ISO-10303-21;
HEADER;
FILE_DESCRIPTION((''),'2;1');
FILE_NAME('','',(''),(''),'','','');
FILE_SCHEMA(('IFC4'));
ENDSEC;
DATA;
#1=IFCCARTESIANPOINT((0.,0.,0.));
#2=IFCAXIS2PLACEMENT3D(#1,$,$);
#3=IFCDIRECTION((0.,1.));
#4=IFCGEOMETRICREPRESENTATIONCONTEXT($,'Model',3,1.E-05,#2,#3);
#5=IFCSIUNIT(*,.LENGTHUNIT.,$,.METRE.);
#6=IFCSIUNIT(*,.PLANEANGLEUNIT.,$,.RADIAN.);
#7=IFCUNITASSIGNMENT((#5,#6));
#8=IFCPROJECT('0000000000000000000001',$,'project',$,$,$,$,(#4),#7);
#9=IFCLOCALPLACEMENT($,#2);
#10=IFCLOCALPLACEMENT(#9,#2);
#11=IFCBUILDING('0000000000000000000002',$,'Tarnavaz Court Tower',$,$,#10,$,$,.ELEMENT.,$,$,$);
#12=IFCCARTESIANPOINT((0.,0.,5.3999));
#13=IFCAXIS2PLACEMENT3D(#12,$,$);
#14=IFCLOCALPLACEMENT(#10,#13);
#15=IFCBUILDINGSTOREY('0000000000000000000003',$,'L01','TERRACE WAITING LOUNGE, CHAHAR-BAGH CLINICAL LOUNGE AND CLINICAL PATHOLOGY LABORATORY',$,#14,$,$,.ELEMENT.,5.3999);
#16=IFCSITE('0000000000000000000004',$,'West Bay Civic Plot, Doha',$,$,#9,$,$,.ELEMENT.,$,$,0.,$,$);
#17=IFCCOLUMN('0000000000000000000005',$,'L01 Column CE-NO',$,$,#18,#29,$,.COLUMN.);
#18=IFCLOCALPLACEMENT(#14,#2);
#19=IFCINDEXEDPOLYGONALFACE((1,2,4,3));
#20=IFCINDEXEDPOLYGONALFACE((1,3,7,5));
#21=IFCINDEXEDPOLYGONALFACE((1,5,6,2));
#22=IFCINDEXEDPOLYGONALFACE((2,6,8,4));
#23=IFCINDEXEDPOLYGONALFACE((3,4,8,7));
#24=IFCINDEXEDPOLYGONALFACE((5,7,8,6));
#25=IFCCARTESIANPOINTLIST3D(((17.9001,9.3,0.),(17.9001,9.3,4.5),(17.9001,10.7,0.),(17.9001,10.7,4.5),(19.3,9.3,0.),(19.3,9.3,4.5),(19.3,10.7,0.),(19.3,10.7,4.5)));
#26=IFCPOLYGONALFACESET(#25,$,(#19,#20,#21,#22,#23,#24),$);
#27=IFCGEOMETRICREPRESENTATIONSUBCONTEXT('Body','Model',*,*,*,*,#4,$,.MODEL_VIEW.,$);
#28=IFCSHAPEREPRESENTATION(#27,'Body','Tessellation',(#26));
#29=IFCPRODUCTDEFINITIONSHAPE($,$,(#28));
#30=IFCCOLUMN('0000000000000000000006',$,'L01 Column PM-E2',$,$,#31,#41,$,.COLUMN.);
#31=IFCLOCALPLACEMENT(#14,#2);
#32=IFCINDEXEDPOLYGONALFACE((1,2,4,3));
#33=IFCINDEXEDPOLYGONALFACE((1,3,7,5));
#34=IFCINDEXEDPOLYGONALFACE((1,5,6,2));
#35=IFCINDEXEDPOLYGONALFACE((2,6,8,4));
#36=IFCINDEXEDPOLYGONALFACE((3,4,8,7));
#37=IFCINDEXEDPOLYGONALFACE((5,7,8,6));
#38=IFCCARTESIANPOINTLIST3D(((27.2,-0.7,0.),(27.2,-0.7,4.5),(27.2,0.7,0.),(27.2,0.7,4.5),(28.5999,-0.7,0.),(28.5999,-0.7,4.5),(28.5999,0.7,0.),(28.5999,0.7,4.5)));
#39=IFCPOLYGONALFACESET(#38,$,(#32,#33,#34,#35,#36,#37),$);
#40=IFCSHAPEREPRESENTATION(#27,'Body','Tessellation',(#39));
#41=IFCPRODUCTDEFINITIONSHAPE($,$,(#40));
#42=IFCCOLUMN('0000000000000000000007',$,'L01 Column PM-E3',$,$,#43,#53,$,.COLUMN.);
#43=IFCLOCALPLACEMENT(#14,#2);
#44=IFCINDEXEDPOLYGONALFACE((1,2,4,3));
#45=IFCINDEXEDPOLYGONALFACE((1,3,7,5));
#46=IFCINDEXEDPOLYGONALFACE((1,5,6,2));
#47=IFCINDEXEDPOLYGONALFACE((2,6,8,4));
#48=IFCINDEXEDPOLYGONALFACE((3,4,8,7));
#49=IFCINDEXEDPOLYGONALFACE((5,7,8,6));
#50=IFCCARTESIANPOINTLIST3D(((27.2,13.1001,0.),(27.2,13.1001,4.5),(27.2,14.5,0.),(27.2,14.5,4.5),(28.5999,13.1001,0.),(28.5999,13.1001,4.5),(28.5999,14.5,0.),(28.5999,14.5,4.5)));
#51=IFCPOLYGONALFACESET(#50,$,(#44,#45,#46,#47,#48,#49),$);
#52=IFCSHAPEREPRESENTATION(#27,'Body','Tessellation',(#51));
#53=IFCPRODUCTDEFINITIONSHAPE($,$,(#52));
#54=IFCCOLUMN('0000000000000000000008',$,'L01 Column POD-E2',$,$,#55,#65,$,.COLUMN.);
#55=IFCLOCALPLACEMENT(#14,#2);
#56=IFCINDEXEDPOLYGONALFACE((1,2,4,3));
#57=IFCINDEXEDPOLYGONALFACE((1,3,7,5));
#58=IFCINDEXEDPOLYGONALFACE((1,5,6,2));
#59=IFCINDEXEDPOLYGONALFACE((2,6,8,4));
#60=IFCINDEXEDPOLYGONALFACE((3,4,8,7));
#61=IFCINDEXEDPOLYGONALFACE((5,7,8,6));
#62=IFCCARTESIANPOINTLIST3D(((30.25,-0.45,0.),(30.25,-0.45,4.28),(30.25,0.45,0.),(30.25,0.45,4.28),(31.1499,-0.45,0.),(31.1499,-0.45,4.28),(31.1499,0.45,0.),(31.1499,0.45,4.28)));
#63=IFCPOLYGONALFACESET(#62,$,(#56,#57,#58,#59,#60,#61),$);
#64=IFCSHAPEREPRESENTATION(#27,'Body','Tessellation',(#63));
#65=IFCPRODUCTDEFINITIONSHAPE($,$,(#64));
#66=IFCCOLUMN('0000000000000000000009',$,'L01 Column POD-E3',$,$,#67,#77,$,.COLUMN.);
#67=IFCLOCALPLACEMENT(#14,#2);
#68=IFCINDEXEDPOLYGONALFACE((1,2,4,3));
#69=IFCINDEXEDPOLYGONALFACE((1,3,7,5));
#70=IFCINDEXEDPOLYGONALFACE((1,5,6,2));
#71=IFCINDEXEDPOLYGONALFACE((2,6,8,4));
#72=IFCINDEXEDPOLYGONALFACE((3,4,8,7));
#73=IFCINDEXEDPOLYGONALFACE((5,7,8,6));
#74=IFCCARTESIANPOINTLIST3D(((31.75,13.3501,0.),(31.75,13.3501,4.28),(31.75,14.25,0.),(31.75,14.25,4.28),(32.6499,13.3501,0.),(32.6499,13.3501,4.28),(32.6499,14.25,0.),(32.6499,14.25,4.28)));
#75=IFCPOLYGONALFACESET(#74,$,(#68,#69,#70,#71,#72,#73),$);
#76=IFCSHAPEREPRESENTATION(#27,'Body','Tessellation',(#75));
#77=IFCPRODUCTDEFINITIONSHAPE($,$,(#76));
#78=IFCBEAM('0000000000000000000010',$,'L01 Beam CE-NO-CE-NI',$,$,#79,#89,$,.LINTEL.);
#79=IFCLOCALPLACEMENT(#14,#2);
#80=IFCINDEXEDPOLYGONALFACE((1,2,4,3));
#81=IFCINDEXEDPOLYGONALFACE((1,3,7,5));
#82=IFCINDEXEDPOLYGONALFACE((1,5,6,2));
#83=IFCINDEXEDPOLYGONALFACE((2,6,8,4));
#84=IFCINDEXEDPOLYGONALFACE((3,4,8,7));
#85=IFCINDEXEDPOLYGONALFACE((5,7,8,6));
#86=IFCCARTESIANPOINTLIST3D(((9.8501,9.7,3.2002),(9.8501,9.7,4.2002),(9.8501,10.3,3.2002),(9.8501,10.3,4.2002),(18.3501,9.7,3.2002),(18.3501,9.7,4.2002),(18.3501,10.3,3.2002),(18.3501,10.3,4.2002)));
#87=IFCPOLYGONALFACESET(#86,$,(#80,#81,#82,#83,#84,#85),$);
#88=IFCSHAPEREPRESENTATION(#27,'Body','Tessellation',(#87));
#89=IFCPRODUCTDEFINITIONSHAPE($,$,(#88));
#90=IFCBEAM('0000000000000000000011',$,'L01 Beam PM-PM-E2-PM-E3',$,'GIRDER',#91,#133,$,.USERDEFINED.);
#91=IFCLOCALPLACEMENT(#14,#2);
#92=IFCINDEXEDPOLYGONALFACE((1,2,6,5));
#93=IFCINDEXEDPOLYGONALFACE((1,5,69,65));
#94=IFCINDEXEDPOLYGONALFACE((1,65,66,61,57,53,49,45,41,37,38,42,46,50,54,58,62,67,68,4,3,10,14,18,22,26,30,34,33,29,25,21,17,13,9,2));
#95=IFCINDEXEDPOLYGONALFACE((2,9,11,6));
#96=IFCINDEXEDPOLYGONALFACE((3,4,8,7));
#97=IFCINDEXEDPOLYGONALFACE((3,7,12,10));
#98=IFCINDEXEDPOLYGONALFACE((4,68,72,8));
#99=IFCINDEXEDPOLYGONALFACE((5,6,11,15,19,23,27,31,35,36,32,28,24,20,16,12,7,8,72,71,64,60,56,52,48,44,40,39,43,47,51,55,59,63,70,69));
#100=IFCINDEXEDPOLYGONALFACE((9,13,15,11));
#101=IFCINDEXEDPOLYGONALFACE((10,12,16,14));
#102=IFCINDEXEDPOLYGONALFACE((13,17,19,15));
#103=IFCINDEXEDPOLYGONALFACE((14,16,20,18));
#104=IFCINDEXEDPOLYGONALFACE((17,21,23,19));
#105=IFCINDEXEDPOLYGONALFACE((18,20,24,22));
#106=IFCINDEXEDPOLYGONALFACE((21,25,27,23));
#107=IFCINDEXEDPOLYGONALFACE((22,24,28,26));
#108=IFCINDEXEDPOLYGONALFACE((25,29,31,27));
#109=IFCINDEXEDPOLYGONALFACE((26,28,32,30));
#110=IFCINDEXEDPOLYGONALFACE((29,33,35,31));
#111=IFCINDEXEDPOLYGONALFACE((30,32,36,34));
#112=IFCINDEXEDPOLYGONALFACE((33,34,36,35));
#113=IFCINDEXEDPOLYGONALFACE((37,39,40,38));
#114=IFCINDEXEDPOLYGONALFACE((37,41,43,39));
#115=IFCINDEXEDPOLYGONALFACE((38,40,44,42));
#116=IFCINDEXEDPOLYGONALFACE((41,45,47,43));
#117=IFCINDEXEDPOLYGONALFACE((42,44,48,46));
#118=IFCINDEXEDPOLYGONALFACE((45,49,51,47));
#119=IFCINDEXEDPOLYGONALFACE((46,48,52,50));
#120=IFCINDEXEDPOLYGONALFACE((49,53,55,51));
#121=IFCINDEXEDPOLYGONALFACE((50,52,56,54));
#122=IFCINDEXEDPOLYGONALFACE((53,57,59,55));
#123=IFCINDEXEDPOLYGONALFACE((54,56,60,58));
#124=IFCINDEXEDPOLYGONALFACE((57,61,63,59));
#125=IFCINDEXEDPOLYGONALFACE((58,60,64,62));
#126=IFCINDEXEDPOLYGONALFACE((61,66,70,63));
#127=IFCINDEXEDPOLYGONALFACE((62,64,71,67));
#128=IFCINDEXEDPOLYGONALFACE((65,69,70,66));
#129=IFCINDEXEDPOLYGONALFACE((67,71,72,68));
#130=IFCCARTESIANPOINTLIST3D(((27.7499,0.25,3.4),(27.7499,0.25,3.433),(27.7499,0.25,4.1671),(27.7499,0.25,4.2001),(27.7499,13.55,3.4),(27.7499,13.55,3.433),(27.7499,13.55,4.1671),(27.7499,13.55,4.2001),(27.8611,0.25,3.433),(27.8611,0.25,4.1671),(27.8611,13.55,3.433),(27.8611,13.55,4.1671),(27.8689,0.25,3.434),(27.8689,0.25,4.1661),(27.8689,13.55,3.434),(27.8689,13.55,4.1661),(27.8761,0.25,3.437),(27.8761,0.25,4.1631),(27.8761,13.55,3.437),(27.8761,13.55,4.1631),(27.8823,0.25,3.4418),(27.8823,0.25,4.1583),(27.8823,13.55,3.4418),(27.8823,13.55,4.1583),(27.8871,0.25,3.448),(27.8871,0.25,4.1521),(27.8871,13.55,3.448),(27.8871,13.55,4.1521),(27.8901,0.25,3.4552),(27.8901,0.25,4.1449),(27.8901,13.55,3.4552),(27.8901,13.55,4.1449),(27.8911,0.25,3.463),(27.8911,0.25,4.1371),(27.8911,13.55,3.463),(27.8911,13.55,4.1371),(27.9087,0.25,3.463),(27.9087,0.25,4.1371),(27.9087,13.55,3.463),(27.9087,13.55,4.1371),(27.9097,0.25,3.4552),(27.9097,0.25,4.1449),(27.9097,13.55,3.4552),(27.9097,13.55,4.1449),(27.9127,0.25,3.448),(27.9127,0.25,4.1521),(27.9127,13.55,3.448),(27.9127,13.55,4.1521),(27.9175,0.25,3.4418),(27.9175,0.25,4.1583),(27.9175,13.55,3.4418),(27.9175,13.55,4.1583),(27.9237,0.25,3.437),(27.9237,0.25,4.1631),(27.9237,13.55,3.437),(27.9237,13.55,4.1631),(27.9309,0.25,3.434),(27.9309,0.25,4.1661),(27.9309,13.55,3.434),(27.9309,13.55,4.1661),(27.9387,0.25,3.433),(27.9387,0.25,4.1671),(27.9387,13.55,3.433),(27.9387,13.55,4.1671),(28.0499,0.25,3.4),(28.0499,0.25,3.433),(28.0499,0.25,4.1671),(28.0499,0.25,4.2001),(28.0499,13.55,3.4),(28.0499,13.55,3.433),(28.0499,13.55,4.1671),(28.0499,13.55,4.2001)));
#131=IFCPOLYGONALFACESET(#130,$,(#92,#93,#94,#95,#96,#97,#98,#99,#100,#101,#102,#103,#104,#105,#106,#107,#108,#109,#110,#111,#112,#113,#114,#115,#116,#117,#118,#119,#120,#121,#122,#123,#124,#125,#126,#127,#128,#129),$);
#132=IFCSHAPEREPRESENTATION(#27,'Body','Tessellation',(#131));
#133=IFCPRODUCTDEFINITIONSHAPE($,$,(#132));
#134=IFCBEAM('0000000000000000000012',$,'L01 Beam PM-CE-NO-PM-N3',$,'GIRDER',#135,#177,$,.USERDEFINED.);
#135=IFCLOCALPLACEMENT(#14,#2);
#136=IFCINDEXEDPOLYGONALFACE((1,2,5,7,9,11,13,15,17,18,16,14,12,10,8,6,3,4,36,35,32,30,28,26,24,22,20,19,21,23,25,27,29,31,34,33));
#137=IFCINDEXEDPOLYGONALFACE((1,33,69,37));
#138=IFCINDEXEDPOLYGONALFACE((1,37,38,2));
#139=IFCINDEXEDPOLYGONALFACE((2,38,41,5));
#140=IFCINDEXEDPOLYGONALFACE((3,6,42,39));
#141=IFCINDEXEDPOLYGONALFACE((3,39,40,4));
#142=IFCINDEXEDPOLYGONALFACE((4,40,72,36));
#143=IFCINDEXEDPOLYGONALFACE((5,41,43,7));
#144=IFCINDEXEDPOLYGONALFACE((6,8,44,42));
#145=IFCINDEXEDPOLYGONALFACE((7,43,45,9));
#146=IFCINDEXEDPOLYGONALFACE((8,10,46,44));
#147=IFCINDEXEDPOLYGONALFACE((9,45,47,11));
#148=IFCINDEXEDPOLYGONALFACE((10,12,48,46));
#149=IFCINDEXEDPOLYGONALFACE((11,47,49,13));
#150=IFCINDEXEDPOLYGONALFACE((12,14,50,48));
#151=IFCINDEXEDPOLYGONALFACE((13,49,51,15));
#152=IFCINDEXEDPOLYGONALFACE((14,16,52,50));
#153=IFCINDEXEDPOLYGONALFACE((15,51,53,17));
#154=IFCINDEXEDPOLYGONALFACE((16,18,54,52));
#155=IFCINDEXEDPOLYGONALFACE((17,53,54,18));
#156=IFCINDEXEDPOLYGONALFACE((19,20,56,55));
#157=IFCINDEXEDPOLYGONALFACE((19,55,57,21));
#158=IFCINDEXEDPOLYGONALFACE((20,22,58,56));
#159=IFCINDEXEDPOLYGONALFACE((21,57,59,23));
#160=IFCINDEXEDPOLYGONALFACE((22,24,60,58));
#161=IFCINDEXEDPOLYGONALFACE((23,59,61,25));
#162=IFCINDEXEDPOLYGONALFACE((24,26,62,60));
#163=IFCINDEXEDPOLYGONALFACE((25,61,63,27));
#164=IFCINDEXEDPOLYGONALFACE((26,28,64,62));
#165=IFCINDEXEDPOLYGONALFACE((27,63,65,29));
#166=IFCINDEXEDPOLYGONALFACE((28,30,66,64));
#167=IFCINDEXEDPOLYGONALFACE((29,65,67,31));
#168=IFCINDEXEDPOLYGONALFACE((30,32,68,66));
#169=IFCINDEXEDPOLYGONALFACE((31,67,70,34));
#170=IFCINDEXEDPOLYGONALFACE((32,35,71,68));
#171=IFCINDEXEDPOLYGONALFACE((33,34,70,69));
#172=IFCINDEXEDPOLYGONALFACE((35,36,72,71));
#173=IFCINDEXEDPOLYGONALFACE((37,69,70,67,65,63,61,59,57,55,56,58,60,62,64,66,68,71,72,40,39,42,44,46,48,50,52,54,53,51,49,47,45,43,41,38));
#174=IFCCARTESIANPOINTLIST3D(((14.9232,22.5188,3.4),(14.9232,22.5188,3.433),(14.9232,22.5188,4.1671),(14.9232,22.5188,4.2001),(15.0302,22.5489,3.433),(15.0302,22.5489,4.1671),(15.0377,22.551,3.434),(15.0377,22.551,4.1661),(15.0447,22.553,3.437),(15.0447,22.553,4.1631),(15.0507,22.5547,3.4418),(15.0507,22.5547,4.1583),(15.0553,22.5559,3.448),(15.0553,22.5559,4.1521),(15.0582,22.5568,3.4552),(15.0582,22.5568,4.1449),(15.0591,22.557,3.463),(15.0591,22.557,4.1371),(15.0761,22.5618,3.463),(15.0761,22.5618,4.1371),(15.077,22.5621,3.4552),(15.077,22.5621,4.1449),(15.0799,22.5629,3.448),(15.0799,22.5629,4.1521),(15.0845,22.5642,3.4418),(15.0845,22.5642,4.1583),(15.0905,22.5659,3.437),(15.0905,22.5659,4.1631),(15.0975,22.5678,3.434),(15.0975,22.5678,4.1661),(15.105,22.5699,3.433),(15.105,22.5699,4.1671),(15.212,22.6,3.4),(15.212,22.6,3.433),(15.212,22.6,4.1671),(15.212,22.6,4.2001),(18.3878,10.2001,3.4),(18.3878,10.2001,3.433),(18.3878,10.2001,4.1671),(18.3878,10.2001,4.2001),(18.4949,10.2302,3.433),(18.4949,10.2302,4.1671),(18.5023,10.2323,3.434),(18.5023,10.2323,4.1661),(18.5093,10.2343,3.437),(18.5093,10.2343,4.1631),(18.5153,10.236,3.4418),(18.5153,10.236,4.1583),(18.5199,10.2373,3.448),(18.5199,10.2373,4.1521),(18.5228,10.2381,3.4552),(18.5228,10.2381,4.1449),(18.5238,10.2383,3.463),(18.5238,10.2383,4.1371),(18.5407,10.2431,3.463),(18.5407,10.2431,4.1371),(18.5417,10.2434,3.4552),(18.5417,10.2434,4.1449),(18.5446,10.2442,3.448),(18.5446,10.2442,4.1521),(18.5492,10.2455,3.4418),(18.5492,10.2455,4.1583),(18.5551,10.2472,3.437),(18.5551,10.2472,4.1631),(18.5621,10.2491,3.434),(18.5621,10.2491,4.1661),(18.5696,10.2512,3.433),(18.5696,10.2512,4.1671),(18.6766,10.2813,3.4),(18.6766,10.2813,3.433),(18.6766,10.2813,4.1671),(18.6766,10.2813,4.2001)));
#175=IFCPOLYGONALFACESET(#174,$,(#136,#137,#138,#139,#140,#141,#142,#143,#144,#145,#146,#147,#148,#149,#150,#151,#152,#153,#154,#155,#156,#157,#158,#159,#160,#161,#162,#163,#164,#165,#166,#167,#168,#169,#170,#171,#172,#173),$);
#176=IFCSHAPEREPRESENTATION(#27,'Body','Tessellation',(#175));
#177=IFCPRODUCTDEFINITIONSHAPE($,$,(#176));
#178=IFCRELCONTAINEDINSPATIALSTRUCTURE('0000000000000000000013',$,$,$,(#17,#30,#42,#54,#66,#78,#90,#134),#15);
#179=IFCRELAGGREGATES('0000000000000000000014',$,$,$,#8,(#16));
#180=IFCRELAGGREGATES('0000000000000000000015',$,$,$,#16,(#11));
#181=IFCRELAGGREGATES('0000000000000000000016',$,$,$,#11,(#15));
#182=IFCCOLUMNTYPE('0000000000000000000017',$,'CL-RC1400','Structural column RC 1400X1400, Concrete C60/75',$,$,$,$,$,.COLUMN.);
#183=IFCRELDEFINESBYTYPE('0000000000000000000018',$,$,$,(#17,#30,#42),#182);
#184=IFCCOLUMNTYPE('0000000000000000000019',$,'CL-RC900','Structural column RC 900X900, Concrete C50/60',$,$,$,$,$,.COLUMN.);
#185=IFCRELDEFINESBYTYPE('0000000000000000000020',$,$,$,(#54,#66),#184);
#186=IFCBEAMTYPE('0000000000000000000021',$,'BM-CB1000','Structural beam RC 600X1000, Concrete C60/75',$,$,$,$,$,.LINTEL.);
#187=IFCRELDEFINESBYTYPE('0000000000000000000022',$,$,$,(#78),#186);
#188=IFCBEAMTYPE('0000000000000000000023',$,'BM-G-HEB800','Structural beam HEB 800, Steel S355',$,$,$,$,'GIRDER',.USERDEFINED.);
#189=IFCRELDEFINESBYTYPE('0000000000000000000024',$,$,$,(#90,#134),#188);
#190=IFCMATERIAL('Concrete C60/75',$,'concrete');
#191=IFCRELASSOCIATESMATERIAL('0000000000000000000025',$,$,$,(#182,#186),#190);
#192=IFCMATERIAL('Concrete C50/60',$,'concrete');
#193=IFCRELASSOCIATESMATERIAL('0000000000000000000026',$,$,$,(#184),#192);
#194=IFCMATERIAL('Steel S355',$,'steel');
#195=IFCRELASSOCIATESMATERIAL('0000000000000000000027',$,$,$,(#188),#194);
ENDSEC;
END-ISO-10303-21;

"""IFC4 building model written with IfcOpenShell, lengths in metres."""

from ifc_helpers import new_model, si_unit, direction, frame, origin, origin_2d, place, context, subcontext, project, spatial, rectangle, i_section, extrude, material, material_profile, profile_set, type_object, element, save


model = new_model("IFC4")

# Units and contexts
model_context = context("Model", 3, precision=1e-05, world=origin(), true_north=direction((0.0, 1.0)))
body_context = subcontext(model_context, "Body", "Model", "MODEL_VIEW")
ifc_project = project(units=[si_unit("LENGTHUNIT", "METRE"), si_unit("PLANEANGLEUNIT", "RADIAN")], contexts=[model_context])

# Site, building, storey
site_placement = place(None, origin())
site = spatial("IfcSite", under=ifc_project, at=site_placement, Name="West Bay Civic Plot, Doha", CompositionType="ELEMENT", RefElevation=0.0)
building_placement = place(site_placement, origin())
building = spatial("IfcBuilding", under=site, at=building_placement, Name="Tarnavaz Court Tower", CompositionType="ELEMENT")
storey_placement = place(building_placement, frame((0.0, 0.0, 5.3999)))
storey = spatial("IfcBuildingStorey", under=building, at=storey_placement, Name="L01", Description="TERRACE WAITING LOUNGE, CHAHAR-BAGH CLINICAL LOUNGE AND CLINICAL PATHOLOGY LABORATORY", CompositionType="ELEMENT", Elevation=5.3999)

# Columns
ifc_material_1 = material(Name="Concrete C60/75", Category="concrete")
ifc_material_profile_1 = material_profile(ifc_material_1, rectangle(XDim=1.3999, YDim=1.3999, at=origin_2d()), Name="RC 1400X1400")
ifc_profile_set_1 = profile_set([ifc_material_profile_1], Name="Concrete C60/75")
column_type_1 = type_object("IfcColumnType", Name="CL-RC1400", Description="Structural column RC 1400X1400, Concrete C60/75", PredefinedType="COLUMN", material=ifc_profile_set_1)
for number, where, z_axis, x_axis, name in (
    (1, (18.6001, 10.0, 0.0), (0.0, 0.0, 1.0), (1.0, 0.0, 0.0), "L01 Column CE-NO"),
    (2, (27.8999, 0.0, 0.0), (0.0, 0.0, 1.0), (1.0, 0.0, 0.0), "L01 Column PM-E2"),
    (3, (27.8999, 13.8, 0.0), (0.0, 0.0, 1.0), (1.0, 0.0, 0.0), "L01 Column PM-E3"),
):
    element("IfcColumn", number, at=place(storey_placement, frame(where, z_axis=z_axis, x_axis=x_axis)), inside=storey, type_object=column_type_1, Name=name, PredefinedType="COLUMN", context=body_context, shape_type="SweptSolid", body=[
        extrude(rectangle(XDim=1.3999, YDim=1.3999, at=origin_2d()), origin(), (0.0, 0.0, 1.0), 4.5),
    ])
ifc_material_2 = material(Name="Concrete C50/60", Category="concrete")
ifc_material_profile_2 = material_profile(ifc_material_2, rectangle(XDim=0.8999, YDim=0.8999, at=origin_2d()), Name="RC 900X900")
ifc_profile_set_2 = profile_set([ifc_material_profile_2], Name="Concrete C50/60")
column_type_2 = type_object("IfcColumnType", Name="CL-RC900", Description="Structural column RC 900X900, Concrete C50/60", PredefinedType="COLUMN", material=ifc_profile_set_2)
for number, where, z_axis, x_axis, name in (
    (4, (30.7, 0.0, 0.0), (0.0, 0.0, 1.0), (1.0, 0.0, 0.0), "L01 Column POD-E2"),
    (5, (32.2, 13.8, 0.0), (0.0, 0.0, 1.0), (1.0, 0.0, 0.0), "L01 Column POD-E3"),
):
    element("IfcColumn", number, at=place(storey_placement, frame(where, z_axis=z_axis, x_axis=x_axis)), inside=storey, type_object=column_type_2, Name=name, PredefinedType="COLUMN", context=body_context, shape_type="SweptSolid", body=[
        extrude(rectangle(XDim=0.8999, YDim=0.8999, at=origin_2d()), origin(), (0.0, 0.0, 1.0), 4.28),
    ])

# Beams
ifc_material_profile_3 = material_profile(ifc_material_1, rectangle(XDim=0.6001, YDim=1.0, at=origin_2d()), Name="RC 600X1000")
ifc_profile_set_3 = profile_set([ifc_material_profile_3], Name="Concrete C60/75")
beam_type_1 = type_object("IfcBeamType", Name="BM-CB1000", Description="Structural beam RC 600X1000, Concrete C60/75", PredefinedType="LINTEL", material=ifc_profile_set_3)
beam_1_placement = place(storey_placement, frame((18.3501, 10.0, 3.7002), z_axis=(-1.0, 0.0, 0.0), x_axis=(0.0, -1.0, 0.0)))
element("IfcBeam", 6, at=beam_1_placement, inside=storey, type_object=beam_type_1, Name="L01 Beam CE-NO-CE-NI", PredefinedType="LINTEL", context=body_context, shape_type="SweptSolid", body=[
    extrude(rectangle(XDim=0.6001, YDim=1.0, at=origin_2d()), origin(), (0.0, 0.0, 1.0), 8.5),
])
ifc_material_3 = material(Name="Steel S355", Category="steel")
ifc_material_profile_4 = material_profile(ifc_material_3, i_section(OverallWidth=0.3, OverallDepth=0.8, WebThickness=0.0176, FlangeThickness=0.033, FilletRadius=0.03, at=origin_2d()), Name="HEB 800")
ifc_profile_set_4 = profile_set([ifc_material_profile_4], Name="Steel S355")
beam_type_2 = type_object("IfcBeamType", Name="BM-G-HEB800", Description="Structural beam HEB 800, Steel S355", ElementType="GIRDER", PredefinedType="USERDEFINED", material=ifc_profile_set_4)
beam_2_placement = place(storey_placement, frame((27.8999, 0.25, 3.8), z_axis=(0.0, 1.0, 0.0), x_axis=(-1.0, 0.0, 0.0)))
element("IfcBeam", 7, at=beam_2_placement, inside=storey, type_object=beam_type_2, Name="L01 Beam PM-PM-E2-PM-E3", ObjectType="GIRDER", PredefinedType="USERDEFINED", context=body_context, shape_type="SweptSolid", body=[
    extrude(i_section(OverallWidth=0.3, OverallDepth=0.8, WebThickness=0.0176, FlangeThickness=0.033, FilletRadius=0.03, at=origin_2d()), origin(), (0.0, 0.0, 1.0), 13.3),
])
beam_3_placement = place(storey_placement, frame((18.5322, 10.2407, 3.8), z_axis=(-0.270745, 0.962651, 0.0), x_axis=(-0.962651, -0.270745, 0.0)))
element("IfcBeam", 8, at=beam_3_placement, inside=storey, type_object=beam_type_2, Name="L01 Beam PM-CE-NO-PM-N3", ObjectType="GIRDER", PredefinedType="USERDEFINED", context=body_context, shape_type="SweptSolid", body=[
    extrude(i_section(OverallWidth=0.3, OverallDepth=0.8, WebThickness=0.0176, FlangeThickness=0.033, FilletRadius=0.03, at=origin_2d()), origin(), (0.0, 0.0, 1.0), 12.7966),
])

save(model, "model.ifc")
